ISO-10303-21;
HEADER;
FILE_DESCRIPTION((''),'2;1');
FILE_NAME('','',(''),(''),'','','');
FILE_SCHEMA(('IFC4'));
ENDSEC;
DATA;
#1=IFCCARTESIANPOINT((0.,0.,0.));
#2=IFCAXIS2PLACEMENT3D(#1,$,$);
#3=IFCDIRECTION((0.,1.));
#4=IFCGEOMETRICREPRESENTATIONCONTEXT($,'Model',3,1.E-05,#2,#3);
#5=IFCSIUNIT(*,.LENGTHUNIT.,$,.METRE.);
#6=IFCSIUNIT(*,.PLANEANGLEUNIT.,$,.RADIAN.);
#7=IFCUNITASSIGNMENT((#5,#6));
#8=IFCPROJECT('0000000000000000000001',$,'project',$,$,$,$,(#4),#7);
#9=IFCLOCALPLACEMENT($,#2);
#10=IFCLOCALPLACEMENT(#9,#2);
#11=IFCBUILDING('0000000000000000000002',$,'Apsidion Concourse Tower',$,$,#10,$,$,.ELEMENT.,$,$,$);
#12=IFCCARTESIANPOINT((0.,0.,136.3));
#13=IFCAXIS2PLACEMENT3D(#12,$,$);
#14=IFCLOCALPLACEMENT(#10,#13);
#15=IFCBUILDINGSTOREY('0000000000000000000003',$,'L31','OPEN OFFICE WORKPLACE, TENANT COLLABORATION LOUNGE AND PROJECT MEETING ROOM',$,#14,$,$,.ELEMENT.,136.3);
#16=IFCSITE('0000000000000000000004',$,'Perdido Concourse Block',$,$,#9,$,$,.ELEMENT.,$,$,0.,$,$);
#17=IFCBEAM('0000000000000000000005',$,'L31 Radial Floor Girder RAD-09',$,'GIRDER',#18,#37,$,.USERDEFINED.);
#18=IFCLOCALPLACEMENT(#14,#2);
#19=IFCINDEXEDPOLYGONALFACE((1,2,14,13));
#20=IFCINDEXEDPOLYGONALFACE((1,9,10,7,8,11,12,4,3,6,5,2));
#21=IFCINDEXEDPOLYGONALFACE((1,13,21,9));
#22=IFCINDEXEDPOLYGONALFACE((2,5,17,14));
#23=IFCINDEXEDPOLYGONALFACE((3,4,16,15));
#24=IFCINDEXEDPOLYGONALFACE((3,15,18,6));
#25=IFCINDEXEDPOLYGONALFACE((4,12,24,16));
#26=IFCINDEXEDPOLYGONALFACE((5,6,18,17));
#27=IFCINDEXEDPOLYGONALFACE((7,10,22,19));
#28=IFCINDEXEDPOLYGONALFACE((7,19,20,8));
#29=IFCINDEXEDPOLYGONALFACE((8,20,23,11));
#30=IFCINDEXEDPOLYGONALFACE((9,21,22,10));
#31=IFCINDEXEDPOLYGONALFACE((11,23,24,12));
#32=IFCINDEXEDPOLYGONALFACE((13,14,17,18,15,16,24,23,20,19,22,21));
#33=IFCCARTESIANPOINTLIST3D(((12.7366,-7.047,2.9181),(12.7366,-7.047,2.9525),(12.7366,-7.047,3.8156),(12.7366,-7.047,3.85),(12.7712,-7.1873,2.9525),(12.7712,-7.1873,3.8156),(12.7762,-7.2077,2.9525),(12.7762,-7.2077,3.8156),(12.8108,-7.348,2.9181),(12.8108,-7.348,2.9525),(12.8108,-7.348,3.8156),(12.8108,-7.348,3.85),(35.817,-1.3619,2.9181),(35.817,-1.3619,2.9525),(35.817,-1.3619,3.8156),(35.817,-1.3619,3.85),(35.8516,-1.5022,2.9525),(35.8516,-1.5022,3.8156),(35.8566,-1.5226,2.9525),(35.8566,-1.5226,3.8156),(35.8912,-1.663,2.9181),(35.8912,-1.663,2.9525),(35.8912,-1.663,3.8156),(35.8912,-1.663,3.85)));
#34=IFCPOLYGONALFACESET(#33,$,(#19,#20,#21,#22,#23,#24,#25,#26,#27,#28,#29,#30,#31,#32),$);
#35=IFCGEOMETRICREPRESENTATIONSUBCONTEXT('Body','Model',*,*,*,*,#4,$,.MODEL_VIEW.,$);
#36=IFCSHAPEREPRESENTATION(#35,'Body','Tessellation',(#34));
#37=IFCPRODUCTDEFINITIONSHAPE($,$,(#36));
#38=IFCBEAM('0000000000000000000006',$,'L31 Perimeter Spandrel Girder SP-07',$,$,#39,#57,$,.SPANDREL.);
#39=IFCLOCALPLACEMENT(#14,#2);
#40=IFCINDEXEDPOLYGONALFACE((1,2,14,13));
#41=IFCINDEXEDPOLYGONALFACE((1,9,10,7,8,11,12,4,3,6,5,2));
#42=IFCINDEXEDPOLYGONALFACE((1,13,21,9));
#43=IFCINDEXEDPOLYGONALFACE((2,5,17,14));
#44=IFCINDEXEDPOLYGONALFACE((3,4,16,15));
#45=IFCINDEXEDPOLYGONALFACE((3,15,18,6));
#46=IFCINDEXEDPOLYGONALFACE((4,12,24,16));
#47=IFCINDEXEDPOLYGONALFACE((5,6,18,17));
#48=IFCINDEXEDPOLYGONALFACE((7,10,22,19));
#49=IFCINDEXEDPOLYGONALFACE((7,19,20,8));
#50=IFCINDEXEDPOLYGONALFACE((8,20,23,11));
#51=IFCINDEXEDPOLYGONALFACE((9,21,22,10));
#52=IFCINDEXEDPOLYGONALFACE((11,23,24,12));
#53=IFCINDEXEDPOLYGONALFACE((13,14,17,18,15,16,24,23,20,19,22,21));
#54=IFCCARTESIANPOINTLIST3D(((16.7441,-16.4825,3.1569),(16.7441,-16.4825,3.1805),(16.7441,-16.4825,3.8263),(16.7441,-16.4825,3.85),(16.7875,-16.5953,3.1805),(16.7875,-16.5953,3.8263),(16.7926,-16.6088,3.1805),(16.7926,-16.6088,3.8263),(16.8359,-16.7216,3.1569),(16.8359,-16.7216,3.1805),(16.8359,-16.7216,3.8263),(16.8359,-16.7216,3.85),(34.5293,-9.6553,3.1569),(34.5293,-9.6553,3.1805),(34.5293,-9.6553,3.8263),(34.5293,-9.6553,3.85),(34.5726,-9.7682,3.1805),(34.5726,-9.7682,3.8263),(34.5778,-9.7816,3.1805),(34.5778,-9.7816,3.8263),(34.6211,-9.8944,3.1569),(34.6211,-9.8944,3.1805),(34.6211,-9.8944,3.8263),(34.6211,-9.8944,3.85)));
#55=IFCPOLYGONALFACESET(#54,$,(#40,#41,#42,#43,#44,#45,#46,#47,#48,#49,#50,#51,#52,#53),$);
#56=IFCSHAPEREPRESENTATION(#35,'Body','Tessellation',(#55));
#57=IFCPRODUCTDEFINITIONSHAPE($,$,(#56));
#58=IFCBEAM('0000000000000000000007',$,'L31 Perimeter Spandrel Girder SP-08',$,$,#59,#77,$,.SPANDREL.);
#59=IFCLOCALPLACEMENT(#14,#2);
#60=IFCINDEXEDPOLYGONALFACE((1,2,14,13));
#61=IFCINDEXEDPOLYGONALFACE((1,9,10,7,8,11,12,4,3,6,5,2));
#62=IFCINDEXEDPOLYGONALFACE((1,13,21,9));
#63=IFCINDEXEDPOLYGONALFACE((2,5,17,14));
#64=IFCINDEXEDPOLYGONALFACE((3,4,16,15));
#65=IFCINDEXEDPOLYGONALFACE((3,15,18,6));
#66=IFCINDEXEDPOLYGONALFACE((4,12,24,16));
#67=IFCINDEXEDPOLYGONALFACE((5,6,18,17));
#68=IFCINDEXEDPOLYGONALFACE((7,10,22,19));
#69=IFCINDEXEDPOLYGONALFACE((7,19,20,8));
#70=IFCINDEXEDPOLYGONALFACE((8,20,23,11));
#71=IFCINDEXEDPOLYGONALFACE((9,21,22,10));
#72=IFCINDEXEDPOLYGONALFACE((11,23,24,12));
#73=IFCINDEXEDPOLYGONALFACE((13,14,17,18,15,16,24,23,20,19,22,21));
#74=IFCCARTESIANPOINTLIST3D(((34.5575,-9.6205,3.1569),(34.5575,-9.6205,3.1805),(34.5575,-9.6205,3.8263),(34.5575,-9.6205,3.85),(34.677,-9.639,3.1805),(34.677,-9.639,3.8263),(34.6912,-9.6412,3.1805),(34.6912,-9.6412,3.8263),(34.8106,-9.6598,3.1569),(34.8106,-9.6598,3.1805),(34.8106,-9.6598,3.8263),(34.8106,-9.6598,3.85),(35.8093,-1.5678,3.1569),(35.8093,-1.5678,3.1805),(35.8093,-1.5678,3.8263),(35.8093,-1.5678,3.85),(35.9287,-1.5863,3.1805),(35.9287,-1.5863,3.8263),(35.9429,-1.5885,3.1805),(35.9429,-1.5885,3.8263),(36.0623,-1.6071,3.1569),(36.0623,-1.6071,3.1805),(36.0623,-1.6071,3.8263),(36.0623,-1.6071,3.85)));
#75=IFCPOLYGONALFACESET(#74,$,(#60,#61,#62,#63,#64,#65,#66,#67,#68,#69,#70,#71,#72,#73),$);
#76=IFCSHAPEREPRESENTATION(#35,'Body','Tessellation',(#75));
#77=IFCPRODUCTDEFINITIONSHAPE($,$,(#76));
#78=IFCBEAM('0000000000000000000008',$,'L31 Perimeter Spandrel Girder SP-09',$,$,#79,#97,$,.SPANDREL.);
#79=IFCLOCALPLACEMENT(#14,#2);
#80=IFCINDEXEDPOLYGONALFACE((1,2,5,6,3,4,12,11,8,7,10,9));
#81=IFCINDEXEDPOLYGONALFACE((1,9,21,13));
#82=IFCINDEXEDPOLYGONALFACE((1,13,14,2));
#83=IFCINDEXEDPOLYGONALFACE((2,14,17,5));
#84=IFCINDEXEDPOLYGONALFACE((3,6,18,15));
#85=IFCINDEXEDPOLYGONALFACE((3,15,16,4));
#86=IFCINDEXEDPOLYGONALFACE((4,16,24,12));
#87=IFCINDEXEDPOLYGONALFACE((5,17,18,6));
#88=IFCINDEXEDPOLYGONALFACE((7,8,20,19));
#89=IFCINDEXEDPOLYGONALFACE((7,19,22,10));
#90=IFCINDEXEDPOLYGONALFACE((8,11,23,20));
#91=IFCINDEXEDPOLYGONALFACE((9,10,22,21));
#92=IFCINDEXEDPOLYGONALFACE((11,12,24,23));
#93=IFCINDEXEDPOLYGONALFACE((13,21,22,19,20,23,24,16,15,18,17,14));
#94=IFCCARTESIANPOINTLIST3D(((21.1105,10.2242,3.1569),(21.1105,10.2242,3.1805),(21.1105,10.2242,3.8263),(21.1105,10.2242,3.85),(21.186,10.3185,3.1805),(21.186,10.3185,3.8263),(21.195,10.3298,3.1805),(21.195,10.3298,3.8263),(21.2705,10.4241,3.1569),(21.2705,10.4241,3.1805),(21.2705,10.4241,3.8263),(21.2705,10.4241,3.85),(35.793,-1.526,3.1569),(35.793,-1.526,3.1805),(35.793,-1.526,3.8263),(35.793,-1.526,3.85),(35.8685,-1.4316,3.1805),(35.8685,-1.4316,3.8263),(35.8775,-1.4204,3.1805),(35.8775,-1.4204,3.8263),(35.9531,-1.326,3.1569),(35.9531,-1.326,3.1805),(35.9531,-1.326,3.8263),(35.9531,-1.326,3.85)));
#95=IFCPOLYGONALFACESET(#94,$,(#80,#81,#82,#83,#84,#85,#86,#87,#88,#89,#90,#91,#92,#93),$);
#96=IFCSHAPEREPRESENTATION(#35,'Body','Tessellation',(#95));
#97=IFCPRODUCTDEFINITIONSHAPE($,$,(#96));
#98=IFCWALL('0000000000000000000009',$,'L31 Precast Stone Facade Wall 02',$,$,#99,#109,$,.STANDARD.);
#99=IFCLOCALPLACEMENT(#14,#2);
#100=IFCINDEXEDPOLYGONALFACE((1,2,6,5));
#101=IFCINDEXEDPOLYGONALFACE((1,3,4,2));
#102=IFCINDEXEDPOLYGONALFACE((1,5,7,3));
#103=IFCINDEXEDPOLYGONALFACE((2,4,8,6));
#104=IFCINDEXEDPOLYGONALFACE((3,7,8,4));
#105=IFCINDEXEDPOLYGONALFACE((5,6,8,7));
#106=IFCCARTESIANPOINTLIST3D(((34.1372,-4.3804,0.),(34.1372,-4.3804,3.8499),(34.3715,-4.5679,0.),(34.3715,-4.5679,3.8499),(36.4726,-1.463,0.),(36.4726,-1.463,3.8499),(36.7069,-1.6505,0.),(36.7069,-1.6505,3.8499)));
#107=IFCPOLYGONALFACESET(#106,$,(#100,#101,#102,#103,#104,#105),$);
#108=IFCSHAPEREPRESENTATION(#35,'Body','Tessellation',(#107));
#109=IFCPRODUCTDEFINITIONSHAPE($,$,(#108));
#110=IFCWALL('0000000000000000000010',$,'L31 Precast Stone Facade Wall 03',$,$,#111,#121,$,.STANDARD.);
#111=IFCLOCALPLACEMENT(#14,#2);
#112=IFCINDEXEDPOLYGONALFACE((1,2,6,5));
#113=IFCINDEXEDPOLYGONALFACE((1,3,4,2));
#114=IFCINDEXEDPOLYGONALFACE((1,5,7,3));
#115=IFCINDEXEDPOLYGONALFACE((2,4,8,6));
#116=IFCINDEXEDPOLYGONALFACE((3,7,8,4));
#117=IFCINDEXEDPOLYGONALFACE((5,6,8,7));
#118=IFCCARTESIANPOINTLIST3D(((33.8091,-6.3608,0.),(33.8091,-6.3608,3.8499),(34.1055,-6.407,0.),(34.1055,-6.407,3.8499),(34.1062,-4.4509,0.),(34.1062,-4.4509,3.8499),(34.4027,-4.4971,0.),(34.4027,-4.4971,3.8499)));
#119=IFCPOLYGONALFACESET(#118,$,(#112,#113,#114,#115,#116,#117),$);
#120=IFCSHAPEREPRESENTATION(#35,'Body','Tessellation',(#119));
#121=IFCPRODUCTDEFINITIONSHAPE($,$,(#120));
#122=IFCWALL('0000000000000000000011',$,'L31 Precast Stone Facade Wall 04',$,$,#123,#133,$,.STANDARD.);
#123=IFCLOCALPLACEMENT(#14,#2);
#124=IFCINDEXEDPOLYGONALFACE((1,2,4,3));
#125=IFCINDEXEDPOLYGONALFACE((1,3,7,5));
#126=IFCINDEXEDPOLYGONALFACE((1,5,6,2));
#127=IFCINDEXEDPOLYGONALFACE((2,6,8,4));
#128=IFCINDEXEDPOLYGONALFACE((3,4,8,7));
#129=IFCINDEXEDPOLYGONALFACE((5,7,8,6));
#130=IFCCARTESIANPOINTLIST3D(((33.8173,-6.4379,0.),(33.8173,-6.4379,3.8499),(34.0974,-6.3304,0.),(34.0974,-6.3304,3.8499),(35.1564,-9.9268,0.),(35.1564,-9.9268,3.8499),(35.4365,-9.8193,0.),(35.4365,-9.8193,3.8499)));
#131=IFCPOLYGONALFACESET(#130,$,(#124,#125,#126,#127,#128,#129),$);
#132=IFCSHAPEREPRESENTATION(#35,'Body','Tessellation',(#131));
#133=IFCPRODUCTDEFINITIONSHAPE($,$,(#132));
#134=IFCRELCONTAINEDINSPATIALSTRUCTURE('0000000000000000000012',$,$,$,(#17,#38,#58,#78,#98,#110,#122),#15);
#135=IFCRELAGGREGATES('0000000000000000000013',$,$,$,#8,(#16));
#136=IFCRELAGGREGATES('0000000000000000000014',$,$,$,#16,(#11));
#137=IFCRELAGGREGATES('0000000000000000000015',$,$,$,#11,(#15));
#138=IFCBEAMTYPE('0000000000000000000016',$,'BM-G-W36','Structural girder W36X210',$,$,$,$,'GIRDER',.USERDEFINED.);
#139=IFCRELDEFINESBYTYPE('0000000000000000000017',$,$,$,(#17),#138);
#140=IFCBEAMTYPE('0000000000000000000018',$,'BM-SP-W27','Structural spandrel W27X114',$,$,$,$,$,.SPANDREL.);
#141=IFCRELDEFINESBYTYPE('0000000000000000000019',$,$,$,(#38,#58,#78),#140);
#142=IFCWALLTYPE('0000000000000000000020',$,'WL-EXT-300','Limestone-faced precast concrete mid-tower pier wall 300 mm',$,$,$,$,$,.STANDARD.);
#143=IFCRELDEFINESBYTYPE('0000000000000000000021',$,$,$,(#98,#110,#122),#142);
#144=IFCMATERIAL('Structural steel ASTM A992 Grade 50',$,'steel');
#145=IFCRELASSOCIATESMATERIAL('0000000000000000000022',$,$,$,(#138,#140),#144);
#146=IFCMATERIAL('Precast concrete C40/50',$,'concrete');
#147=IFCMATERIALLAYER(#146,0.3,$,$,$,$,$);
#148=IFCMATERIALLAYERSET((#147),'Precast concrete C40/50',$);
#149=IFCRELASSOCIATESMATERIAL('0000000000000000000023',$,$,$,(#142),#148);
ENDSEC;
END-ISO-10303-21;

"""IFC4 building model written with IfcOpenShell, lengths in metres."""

from ifc_helpers import new_model, si_unit, direction, frame, frame_2d, origin, origin_2d, place, context, subcontext, project, spatial, rectangle, i_section, extrude, material, layer, layer_set, material_profile, profile_set, type_object, element, save


model = new_model("IFC4")

# Units and contexts
model_context = context("Model", 3, precision=1e-05, world=origin(), true_north=direction((0.0, 1.0)))
body_context = subcontext(model_context, "Body", "Model", "MODEL_VIEW")
ifc_project = project(units=[si_unit("LENGTHUNIT", "METRE"), si_unit("PLANEANGLEUNIT", "RADIAN")], contexts=[model_context])

# Site, building, storey
site_placement = place(None, origin())
site = spatial("IfcSite", under=ifc_project, at=site_placement, Name="Perdido Concourse Block", CompositionType="ELEMENT", RefElevation=0.0)
building_placement = place(site_placement, origin())
building = spatial("IfcBuilding", under=site, at=building_placement, Name="Apsidion Concourse Tower", CompositionType="ELEMENT")
storey_placement = place(building_placement, frame((0.0, 0.0, 136.3)))
storey = spatial("IfcBuildingStorey", under=building, at=storey_placement, Name="L31", Description="OPEN OFFICE WORKPLACE, TENANT COLLABORATION LOUNGE AND PROJECT MEETING ROOM", CompositionType="ELEMENT", Elevation=136.3)

# Shared definitions
ifc_material_1 = material(Name="Structural steel ASTM A992 Grade 50", Category="steel")

# Beams
ifc_material_profile_1 = material_profile(ifc_material_1, i_section(OverallWidth=0.3101, OverallDepth=0.9319, WebThickness=0.021, FlangeThickness=0.0344, at=origin_2d()), Name="W36X210")
ifc_profile_set_1 = profile_set([ifc_material_profile_1], Name="Structural steel ASTM A992 Grade 50")
beam_type_1 = type_object("IfcBeamType", Name="BM-G-W36", Description="Structural girder W36X210", ElementType="GIRDER", PredefinedType="USERDEFINED", material=ifc_profile_set_1)
beam_1_placement = place(storey_placement, frame((12.7737, -7.1975, 3.384), z_axis=(0.970978, 0.239168, 0.0), x_axis=(-0.239168, 0.970978, 0.0)))
element("IfcBeam", 1, at=beam_1_placement, inside=storey, type_object=beam_type_1, Name="L31 Radial Floor Girder RAD-09", ObjectType="GIRDER", PredefinedType="USERDEFINED", context=body_context, shape_type="SweptSolid", body=[
    extrude(i_section(OverallWidth=0.3101, OverallDepth=0.9319, WebThickness=0.021, FlangeThickness=0.0344, at=origin_2d()), origin(), (0.0, 0.0, 1.0), 23.7703),
])
ifc_material_profile_2 = material_profile(ifc_material_1, i_section(OverallWidth=0.2561, OverallDepth=0.6931, WebThickness=0.0144, FlangeThickness=0.0237, at=origin_2d()), Name="W27X114")
ifc_profile_set_2 = profile_set([ifc_material_profile_2], Name="Structural steel ASTM A992 Grade 50")
beam_type_2 = type_object("IfcBeamType", Name="BM-SP-W27", Description="Structural spandrel W27X114", PredefinedType="SPANDREL", material=ifc_profile_set_2)
beam_2_placement = place(storey_placement, frame((16.79, -16.6021, 3.5034), z_axis=(0.933579, 0.358371, 0.0), x_axis=(-0.358371, 0.933579, 0.0)))
element("IfcBeam", 2, at=beam_2_placement, inside=storey, type_object=beam_type_2, Name="L31 Perimeter Spandrel Girder SP-07", PredefinedType="SPANDREL", context=body_context, shape_type="SweptSolid", body=[
    extrude(i_section(OverallWidth=0.2561, OverallDepth=0.6931, WebThickness=0.0144, FlangeThickness=0.0237, at=origin_2d()), origin(), (0.0, 0.0, 1.0), 19.0505),
])
beam_3_placement = place(storey_placement, frame((34.6841, -9.6401, 3.5034), z_axis=(0.153595, 0.988134, 0.0), x_axis=(-0.988134, 0.153595, 0.0)))
element("IfcBeam", 3, at=beam_3_placement, inside=storey, type_object=beam_type_2, Name="L31 Perimeter Spandrel Girder SP-08", PredefinedType="SPANDREL", context=body_context, shape_type="SweptSolid", body=[
    extrude(i_section(OverallWidth=0.2561, OverallDepth=0.6931, WebThickness=0.0144, FlangeThickness=0.0237, at=origin_2d()), origin(), (0.0, 0.0, 1.0), 8.1494),
])
beam_4_placement = place(storey_placement, frame((35.873, -1.426, 3.5034), z_axis=(-0.780761, 0.62483, 0.0), x_axis=(-0.62483, -0.780761, 0.0)))
element("IfcBeam", 4, at=beam_4_placement, inside=storey, type_object=beam_type_2, Name="L31 Perimeter Spandrel Girder SP-09", PredefinedType="SPANDREL", context=body_context, shape_type="SweptSolid", body=[
    extrude(i_section(OverallWidth=0.2561, OverallDepth=0.6931, WebThickness=0.0144, FlangeThickness=0.0237, at=origin_2d()), origin(), (0.0, 0.0, 1.0), 18.8054),
])

# Walls
ifc_material_2 = material(Name="Precast concrete C40/50", Category="concrete")
ifc_layer_1 = layer(ifc_material_2, 0.3)
ifc_layer_set_1 = layer_set([ifc_layer_1], Name="Precast concrete C40/50")
wall_type_1 = type_object("IfcWallType", Name="WL-EXT-300", Description="Limestone-faced precast concrete mid-tower pier wall 300 mm", PredefinedType="STANDARD", material=ifc_layer_set_1)
wall_1_placement = place(storey_placement, frame((36.5898, -1.5566, 0.0), z_axis=(0.0, 0.0, 1.0), x_axis=(-0.624934, -0.780678, 0.0)))
element("IfcWall", 5, at=wall_1_placement, inside=storey, type_object=wall_type_1, Name="L31 Precast Stone Facade Wall 02", PredefinedType="STANDARD", context=body_context, shape_type="SweptSolid", body=[
    extrude(rectangle(XDim=3.7371, YDim=0.3, at=frame_2d((1.8687, 0.0))), origin(), (0.0, 0.0, 1.0), 3.8499),
])
wall_2_placement = place(storey_placement, frame((34.2544, -4.4741, 0.0), z_axis=(0.0, 0.0, 1.0), x_axis=(-0.153718, -0.988115, 0.0)))
element("IfcWall", 6, at=wall_2_placement, inside=storey, type_object=wall_type_1, Name="L31 Precast Stone Facade Wall 03", PredefinedType="STANDARD", context=body_context, shape_type="SweptSolid", body=[
    extrude(rectangle(XDim=1.9329, YDim=0.3, at=frame_2d((0.9663, 0.0))), origin(), (0.0, 0.0, 1.0), 3.8499),
])
wall_3_placement = place(storey_placement, frame((33.9573, -6.384, 0.0), z_axis=(0.0, 0.0, 1.0), x_axis=(0.358344, -0.93359, 0.0)))
element("IfcWall", 7, at=wall_3_placement, inside=storey, type_object=wall_type_1, Name="L31 Precast Stone Facade Wall 04", PredefinedType="STANDARD", context=body_context, shape_type="SweptSolid", body=[
    extrude(rectangle(XDim=3.7371, YDim=0.3, at=frame_2d((1.8687, 0.0))), origin(), (0.0, 0.0, 1.0), 3.8499),
])

save(model, "model.ifc")
